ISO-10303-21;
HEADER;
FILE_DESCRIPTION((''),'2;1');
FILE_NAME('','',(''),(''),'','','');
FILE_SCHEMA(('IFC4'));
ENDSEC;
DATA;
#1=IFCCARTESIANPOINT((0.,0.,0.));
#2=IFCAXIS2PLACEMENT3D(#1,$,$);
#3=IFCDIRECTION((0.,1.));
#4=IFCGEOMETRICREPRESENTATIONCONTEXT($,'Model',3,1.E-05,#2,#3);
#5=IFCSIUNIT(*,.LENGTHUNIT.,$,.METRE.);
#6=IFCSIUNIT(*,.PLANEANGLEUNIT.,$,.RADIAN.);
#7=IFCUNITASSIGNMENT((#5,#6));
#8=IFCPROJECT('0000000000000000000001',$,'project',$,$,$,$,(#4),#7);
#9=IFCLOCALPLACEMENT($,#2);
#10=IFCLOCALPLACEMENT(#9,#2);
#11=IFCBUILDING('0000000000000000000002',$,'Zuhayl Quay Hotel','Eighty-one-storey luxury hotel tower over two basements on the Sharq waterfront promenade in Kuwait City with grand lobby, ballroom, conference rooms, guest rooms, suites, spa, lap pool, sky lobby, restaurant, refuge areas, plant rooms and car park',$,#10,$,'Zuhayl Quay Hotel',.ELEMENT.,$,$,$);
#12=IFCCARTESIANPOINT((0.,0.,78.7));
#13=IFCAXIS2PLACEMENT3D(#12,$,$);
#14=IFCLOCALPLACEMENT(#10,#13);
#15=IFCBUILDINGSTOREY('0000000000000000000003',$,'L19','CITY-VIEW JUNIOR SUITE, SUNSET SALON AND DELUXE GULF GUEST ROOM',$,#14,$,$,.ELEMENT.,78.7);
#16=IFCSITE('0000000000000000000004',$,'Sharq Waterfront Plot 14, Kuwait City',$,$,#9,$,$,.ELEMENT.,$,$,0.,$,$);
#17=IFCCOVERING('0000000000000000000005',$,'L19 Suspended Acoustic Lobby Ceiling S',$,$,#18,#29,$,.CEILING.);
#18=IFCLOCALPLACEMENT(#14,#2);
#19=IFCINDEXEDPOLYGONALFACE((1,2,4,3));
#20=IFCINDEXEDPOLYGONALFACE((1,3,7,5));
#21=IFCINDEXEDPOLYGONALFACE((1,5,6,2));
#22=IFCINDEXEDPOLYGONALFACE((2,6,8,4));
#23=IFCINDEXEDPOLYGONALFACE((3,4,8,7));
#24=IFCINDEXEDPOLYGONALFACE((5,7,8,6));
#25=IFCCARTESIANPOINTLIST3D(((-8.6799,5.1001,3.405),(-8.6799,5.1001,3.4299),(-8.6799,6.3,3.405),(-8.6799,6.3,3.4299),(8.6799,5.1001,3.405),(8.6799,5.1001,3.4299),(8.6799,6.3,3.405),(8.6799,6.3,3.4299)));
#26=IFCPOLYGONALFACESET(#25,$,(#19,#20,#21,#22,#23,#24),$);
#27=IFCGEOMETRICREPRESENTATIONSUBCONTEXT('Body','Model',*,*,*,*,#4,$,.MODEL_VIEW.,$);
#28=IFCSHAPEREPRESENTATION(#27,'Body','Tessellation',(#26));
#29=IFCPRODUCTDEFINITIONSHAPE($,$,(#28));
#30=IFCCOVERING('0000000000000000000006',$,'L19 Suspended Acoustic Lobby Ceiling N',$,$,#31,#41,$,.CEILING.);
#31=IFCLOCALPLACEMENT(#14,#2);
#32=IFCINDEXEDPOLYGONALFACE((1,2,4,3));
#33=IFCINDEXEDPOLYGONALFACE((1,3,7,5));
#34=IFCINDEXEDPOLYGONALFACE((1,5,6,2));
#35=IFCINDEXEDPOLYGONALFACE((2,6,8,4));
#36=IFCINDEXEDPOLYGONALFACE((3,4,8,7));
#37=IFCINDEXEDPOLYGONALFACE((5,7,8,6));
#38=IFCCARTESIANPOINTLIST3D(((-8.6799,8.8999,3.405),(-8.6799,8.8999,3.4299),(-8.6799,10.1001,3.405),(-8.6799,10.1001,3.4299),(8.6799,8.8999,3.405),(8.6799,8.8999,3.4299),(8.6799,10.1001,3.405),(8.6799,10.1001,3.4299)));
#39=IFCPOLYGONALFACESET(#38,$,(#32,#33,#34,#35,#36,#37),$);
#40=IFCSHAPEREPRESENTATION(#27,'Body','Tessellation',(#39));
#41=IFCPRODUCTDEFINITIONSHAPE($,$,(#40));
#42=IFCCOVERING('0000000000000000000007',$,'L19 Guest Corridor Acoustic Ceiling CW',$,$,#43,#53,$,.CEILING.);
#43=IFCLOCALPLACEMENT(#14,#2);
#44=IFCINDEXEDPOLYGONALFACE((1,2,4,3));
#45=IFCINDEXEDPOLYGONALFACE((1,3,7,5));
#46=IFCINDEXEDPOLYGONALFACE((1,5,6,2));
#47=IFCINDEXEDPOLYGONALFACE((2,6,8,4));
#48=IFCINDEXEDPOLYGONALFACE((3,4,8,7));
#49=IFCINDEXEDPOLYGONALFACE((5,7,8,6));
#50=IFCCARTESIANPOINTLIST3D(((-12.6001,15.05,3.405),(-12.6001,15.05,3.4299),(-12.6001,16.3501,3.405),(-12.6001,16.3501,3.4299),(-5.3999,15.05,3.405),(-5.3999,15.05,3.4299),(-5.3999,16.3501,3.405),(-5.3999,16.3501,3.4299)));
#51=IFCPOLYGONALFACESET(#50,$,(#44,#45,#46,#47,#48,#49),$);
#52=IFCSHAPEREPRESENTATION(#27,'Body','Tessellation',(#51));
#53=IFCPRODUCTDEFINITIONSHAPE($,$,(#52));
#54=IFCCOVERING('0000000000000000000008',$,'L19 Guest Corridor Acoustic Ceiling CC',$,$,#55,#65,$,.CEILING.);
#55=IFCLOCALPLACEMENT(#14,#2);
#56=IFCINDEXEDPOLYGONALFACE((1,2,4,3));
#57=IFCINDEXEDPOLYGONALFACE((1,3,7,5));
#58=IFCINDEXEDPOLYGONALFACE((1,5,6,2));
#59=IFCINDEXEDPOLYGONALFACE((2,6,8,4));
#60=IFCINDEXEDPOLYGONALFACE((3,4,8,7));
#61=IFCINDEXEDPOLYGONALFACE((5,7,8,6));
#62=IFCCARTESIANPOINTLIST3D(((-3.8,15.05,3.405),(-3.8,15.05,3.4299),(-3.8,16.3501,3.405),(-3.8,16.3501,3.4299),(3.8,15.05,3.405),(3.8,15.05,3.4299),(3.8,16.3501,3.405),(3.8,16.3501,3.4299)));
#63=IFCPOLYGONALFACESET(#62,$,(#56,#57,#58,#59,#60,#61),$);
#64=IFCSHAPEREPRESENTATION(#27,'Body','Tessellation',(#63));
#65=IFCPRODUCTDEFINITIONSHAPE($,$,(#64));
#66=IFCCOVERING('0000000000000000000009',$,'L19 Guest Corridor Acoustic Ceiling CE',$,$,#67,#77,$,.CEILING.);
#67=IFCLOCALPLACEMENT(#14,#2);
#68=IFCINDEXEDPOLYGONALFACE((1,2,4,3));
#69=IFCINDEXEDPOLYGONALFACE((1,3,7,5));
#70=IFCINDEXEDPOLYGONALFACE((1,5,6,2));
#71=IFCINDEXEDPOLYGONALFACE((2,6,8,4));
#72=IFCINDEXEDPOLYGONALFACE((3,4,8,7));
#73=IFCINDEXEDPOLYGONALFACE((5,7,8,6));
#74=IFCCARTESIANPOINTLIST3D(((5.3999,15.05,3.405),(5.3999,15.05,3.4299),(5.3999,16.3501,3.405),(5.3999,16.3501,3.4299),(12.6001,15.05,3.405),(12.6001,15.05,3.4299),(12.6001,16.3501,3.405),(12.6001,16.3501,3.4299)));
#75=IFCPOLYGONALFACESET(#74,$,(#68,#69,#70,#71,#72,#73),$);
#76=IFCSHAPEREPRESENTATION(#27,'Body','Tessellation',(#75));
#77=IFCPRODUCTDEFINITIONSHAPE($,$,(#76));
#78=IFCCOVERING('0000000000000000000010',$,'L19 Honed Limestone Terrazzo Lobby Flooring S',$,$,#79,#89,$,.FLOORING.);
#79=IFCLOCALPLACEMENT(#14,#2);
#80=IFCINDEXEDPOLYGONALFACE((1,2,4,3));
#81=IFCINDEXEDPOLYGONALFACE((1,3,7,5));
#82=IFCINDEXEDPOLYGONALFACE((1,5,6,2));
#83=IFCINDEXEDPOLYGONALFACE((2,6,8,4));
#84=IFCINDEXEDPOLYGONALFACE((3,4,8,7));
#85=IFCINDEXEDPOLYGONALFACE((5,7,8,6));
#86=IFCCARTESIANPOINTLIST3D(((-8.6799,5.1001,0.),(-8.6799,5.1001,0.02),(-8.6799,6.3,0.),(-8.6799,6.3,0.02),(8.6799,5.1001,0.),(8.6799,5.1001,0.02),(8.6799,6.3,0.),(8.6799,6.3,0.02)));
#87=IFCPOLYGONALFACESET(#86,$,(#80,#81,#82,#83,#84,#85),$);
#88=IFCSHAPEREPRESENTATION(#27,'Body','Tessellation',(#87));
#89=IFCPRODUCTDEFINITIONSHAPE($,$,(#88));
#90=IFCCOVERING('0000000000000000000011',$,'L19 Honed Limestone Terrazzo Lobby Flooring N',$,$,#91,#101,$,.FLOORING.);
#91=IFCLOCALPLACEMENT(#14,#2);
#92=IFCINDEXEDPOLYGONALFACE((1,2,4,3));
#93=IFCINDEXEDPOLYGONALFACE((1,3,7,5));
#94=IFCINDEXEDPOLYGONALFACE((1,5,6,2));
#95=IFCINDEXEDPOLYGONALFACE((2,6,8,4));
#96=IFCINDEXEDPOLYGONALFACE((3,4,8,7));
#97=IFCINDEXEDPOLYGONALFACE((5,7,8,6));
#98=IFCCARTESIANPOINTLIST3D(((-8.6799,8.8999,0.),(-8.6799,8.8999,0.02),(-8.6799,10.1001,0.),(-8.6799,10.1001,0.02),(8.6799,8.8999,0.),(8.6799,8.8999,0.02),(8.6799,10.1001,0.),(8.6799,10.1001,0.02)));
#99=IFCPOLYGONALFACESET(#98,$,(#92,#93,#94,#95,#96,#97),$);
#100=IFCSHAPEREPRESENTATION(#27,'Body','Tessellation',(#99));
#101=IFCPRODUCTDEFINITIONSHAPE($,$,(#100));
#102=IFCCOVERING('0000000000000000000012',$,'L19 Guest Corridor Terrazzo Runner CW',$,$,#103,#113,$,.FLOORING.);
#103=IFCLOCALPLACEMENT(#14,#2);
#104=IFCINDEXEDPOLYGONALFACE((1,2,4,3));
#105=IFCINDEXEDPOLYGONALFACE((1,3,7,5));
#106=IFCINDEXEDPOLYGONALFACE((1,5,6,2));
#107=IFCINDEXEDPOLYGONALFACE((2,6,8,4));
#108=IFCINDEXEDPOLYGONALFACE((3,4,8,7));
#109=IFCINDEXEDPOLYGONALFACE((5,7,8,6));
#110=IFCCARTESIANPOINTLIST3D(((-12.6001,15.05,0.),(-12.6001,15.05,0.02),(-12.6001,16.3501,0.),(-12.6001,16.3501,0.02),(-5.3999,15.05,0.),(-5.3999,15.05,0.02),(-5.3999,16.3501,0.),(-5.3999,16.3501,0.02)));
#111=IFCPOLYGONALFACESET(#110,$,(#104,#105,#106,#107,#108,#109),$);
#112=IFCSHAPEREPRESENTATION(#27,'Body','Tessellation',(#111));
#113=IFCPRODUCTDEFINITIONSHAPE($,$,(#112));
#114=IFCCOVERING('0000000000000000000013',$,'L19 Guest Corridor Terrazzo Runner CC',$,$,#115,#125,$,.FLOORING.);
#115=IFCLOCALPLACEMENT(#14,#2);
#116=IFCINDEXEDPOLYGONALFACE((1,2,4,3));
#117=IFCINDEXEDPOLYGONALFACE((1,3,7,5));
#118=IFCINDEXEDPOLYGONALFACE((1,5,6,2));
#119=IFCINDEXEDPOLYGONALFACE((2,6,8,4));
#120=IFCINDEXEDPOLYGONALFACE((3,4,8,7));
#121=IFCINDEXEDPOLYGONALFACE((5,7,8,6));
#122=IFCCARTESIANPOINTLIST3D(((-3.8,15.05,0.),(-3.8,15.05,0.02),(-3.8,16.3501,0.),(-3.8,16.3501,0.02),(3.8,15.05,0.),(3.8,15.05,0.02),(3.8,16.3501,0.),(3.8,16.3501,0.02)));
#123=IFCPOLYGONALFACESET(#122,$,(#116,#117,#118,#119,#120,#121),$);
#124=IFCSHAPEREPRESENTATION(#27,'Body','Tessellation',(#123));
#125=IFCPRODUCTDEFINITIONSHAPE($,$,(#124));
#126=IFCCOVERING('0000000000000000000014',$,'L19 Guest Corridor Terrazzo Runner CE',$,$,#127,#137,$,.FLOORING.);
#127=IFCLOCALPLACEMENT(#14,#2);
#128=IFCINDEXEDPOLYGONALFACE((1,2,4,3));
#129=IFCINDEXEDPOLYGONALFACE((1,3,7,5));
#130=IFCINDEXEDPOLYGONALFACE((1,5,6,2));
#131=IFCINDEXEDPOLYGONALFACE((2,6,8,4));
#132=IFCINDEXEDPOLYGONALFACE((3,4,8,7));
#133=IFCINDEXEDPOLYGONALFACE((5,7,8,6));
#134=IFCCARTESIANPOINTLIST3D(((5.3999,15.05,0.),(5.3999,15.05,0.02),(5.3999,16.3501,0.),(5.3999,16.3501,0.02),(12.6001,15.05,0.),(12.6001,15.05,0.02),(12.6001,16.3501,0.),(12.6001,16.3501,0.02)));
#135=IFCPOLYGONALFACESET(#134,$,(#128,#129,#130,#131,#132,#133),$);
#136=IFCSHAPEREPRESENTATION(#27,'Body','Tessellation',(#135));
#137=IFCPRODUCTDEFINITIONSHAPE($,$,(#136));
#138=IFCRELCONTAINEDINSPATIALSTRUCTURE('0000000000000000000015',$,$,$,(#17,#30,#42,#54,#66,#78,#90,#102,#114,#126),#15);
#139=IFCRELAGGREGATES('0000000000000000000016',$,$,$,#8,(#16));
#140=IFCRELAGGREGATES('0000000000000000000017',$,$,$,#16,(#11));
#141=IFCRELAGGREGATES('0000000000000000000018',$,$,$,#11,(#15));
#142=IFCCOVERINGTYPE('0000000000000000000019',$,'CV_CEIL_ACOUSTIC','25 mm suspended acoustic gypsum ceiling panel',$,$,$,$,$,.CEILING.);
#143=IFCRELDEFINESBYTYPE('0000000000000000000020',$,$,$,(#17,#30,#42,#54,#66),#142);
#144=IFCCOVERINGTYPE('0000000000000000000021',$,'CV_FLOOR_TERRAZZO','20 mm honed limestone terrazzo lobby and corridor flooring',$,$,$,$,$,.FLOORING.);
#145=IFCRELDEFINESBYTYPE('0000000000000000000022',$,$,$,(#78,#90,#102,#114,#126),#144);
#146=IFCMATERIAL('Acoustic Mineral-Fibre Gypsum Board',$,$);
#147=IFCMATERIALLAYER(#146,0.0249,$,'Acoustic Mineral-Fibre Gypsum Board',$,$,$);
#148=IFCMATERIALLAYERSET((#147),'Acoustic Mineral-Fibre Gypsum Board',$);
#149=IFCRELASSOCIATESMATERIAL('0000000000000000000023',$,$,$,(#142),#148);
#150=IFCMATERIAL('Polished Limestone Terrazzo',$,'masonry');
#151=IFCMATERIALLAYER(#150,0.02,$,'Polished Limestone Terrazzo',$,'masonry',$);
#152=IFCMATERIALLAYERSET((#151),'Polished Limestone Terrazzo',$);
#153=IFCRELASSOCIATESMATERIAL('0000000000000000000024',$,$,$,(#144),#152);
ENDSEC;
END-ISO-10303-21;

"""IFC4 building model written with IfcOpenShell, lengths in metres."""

from ifc_helpers import new_model, si_unit, direction, frame, origin, place, context, subcontext, project, spatial, polyline, outline, extrude, material, layer, layer_set, type_object, element, save


model = new_model("IFC4")

# Units and contexts
model_context = context("Model", 3, precision=1e-05, world=origin(), true_north=direction((0.0, 1.0)))
body_context = subcontext(model_context, "Body", "Model", "MODEL_VIEW")
ifc_project = project(units=[si_unit("LENGTHUNIT", "METRE"), si_unit("PLANEANGLEUNIT", "RADIAN")], contexts=[model_context])

# Site, building, storey
site_placement = place(None, origin())
site = spatial("IfcSite", under=ifc_project, at=site_placement, Name="Sharq Waterfront Plot 14, Kuwait City", CompositionType="ELEMENT", RefElevation=0.0)
building_placement = place(site_placement, origin())
building = spatial("IfcBuilding", under=site, at=building_placement, Name="Zuhayl Quay Hotel", Description="Eighty-one-storey luxury hotel tower over two basements on the Sharq waterfront promenade in Kuwait City with grand lobby, ballroom, conference rooms, guest rooms, suites, spa, lap pool, sky lobby, restaurant, refuge areas, plant rooms and car park", LongName="Zuhayl Quay Hotel", CompositionType="ELEMENT")
storey_placement = place(building_placement, frame((0.0, 0.0, 78.7)))
storey = spatial("IfcBuildingStorey", under=building, at=storey_placement, Name="L19", Description="CITY-VIEW JUNIOR SUITE, SUNSET SALON AND DELUXE GULF GUEST ROOM", CompositionType="ELEMENT", Elevation=78.7)

# Coverings
ifc_material_1 = material(Name="Acoustic Mineral-Fibre Gypsum Board")
ifc_layer_1 = layer(ifc_material_1, 0.0249, Name="Acoustic Mineral-Fibre Gypsum Board")
ifc_layer_set_1 = layer_set([ifc_layer_1], Name="Acoustic Mineral-Fibre Gypsum Board")
covering_type_1 = type_object("IfcCoveringType", Name="CV_CEIL_ACOUSTIC", Description="25 mm suspended acoustic gypsum ceiling panel", PredefinedType="CEILING", material=ifc_layer_set_1)
covering_1_placement = place(storey_placement, frame((0.0, 0.0, 3.405)))
element("IfcCovering", 1, at=covering_1_placement, inside=storey, type_object=covering_type_1, Name="L19 Suspended Acoustic Lobby Ceiling S", PredefinedType="CEILING", context=body_context, shape_type="SweptSolid", body=[
    extrude(outline(polyline([(-8.6799, 5.1001), (8.6799, 5.1001), (8.6799, 6.3), (-8.6799, 6.3), (-8.6799, 5.1001)])), origin(), (0.0, 0.0, 1.0), 0.0249),
])
covering_2_placement = place(storey_placement, frame((0.0, 0.0, 3.405)))
element("IfcCovering", 2, at=covering_2_placement, inside=storey, type_object=covering_type_1, Name="L19 Suspended Acoustic Lobby Ceiling N", PredefinedType="CEILING", context=body_context, shape_type="SweptSolid", body=[
    extrude(outline(polyline([(-8.6799, 8.8999), (8.6799, 8.8999), (8.6799, 10.1001), (-8.6799, 10.1001), (-8.6799, 8.8999)])), origin(), (0.0, 0.0, 1.0), 0.0249),
])
covering_3_placement = place(storey_placement, frame((0.0, 0.0, 3.405)))
element("IfcCovering", 3, at=covering_3_placement, inside=storey, type_object=covering_type_1, Name="L19 Guest Corridor Acoustic Ceiling CW", PredefinedType="CEILING", context=body_context, shape_type="SweptSolid", body=[
    extrude(outline(polyline([(-12.6001, 15.05), (-5.3999, 15.05), (-5.3999, 16.3501), (-12.6001, 16.3501), (-12.6001, 15.05)])), origin(), (0.0, 0.0, 1.0), 0.0249),
])
covering_4_placement = place(storey_placement, frame((0.0, 0.0, 3.405)))
element("IfcCovering", 4, at=covering_4_placement, inside=storey, type_object=covering_type_1, Name="L19 Guest Corridor Acoustic Ceiling CC", PredefinedType="CEILING", context=body_context, shape_type="SweptSolid", body=[
    extrude(outline(polyline([(-3.8, 15.05), (3.8, 15.05), (3.8, 16.3501), (-3.8, 16.3501), (-3.8, 15.05)])), origin(), (0.0, 0.0, 1.0), 0.0249),
])
covering_5_placement = place(storey_placement, frame((0.0, 0.0, 3.405)))
element("IfcCovering", 5, at=covering_5_placement, inside=storey, type_object=covering_type_1, Name="L19 Guest Corridor Acoustic Ceiling CE", PredefinedType="CEILING", context=body_context, shape_type="SweptSolid", body=[
    extrude(outline(polyline([(5.3999, 15.05), (12.6001, 15.05), (12.6001, 16.3501), (5.3999, 16.3501), (5.3999, 15.05)])), origin(), (0.0, 0.0, 1.0), 0.0249),
])
ifc_material_2 = material(Name="Polished Limestone Terrazzo", Category="masonry")
ifc_layer_2 = layer(ifc_material_2, 0.02, Name="Polished Limestone Terrazzo", Category="masonry")
ifc_layer_set_2 = layer_set([ifc_layer_2], Name="Polished Limestone Terrazzo")
covering_type_2 = type_object("IfcCoveringType", Name="CV_FLOOR_TERRAZZO", Description="20 mm honed limestone terrazzo lobby and corridor flooring", PredefinedType="FLOORING", material=ifc_layer_set_2)
covering_6_placement = place(storey_placement, origin())
element("IfcCovering", 6, at=covering_6_placement, inside=storey, type_object=covering_type_2, Name="L19 Honed Limestone Terrazzo Lobby Flooring S", PredefinedType="FLOORING", context=body_context, shape_type="SweptSolid", body=[
    extrude(outline(polyline([(-8.6799, 5.1001), (8.6799, 5.1001), (8.6799, 6.3), (-8.6799, 6.3), (-8.6799, 5.1001)])), origin(), (0.0, 0.0, 1.0), 0.02),
])
covering_7_placement = place(storey_placement, origin())
element("IfcCovering", 7, at=covering_7_placement, inside=storey, type_object=covering_type_2, Name="L19 Honed Limestone Terrazzo Lobby Flooring N", PredefinedType="FLOORING", context=body_context, shape_type="SweptSolid", body=[
    extrude(outline(polyline([(-8.6799, 8.8999), (8.6799, 8.8999), (8.6799, 10.1001), (-8.6799, 10.1001), (-8.6799, 8.8999)])), origin(), (0.0, 0.0, 1.0), 0.02),
])
covering_8_placement = place(storey_placement, origin())
element("IfcCovering", 8, at=covering_8_placement, inside=storey, type_object=covering_type_2, Name="L19 Guest Corridor Terrazzo Runner CW", PredefinedType="FLOORING", context=body_context, shape_type="SweptSolid", body=[
    extrude(outline(polyline([(-12.6001, 15.05), (-5.3999, 15.05), (-5.3999, 16.3501), (-12.6001, 16.3501), (-12.6001, 15.05)])), origin(), (0.0, 0.0, 1.0), 0.02),
])
covering_9_placement = place(storey_placement, origin())
element("IfcCovering", 9, at=covering_9_placement, inside=storey, type_object=covering_type_2, Name="L19 Guest Corridor Terrazzo Runner CC", PredefinedType="FLOORING", context=body_context, shape_type="SweptSolid", body=[
    extrude(outline(polyline([(-3.8, 15.05), (3.8, 15.05), (3.8, 16.3501), (-3.8, 16.3501), (-3.8, 15.05)])), origin(), (0.0, 0.0, 1.0), 0.02),
])
covering_10_placement = place(storey_placement, origin())
element("IfcCovering", 10, at=covering_10_placement, inside=storey, type_object=covering_type_2, Name="L19 Guest Corridor Terrazzo Runner CE", PredefinedType="FLOORING", context=body_context, shape_type="SweptSolid", body=[
    extrude(outline(polyline([(5.3999, 15.05), (12.6001, 15.05), (12.6001, 16.3501), (5.3999, 16.3501), (5.3999, 15.05)])), origin(), (0.0, 0.0, 1.0), 0.02),
])

save(model, "model.ifc")
